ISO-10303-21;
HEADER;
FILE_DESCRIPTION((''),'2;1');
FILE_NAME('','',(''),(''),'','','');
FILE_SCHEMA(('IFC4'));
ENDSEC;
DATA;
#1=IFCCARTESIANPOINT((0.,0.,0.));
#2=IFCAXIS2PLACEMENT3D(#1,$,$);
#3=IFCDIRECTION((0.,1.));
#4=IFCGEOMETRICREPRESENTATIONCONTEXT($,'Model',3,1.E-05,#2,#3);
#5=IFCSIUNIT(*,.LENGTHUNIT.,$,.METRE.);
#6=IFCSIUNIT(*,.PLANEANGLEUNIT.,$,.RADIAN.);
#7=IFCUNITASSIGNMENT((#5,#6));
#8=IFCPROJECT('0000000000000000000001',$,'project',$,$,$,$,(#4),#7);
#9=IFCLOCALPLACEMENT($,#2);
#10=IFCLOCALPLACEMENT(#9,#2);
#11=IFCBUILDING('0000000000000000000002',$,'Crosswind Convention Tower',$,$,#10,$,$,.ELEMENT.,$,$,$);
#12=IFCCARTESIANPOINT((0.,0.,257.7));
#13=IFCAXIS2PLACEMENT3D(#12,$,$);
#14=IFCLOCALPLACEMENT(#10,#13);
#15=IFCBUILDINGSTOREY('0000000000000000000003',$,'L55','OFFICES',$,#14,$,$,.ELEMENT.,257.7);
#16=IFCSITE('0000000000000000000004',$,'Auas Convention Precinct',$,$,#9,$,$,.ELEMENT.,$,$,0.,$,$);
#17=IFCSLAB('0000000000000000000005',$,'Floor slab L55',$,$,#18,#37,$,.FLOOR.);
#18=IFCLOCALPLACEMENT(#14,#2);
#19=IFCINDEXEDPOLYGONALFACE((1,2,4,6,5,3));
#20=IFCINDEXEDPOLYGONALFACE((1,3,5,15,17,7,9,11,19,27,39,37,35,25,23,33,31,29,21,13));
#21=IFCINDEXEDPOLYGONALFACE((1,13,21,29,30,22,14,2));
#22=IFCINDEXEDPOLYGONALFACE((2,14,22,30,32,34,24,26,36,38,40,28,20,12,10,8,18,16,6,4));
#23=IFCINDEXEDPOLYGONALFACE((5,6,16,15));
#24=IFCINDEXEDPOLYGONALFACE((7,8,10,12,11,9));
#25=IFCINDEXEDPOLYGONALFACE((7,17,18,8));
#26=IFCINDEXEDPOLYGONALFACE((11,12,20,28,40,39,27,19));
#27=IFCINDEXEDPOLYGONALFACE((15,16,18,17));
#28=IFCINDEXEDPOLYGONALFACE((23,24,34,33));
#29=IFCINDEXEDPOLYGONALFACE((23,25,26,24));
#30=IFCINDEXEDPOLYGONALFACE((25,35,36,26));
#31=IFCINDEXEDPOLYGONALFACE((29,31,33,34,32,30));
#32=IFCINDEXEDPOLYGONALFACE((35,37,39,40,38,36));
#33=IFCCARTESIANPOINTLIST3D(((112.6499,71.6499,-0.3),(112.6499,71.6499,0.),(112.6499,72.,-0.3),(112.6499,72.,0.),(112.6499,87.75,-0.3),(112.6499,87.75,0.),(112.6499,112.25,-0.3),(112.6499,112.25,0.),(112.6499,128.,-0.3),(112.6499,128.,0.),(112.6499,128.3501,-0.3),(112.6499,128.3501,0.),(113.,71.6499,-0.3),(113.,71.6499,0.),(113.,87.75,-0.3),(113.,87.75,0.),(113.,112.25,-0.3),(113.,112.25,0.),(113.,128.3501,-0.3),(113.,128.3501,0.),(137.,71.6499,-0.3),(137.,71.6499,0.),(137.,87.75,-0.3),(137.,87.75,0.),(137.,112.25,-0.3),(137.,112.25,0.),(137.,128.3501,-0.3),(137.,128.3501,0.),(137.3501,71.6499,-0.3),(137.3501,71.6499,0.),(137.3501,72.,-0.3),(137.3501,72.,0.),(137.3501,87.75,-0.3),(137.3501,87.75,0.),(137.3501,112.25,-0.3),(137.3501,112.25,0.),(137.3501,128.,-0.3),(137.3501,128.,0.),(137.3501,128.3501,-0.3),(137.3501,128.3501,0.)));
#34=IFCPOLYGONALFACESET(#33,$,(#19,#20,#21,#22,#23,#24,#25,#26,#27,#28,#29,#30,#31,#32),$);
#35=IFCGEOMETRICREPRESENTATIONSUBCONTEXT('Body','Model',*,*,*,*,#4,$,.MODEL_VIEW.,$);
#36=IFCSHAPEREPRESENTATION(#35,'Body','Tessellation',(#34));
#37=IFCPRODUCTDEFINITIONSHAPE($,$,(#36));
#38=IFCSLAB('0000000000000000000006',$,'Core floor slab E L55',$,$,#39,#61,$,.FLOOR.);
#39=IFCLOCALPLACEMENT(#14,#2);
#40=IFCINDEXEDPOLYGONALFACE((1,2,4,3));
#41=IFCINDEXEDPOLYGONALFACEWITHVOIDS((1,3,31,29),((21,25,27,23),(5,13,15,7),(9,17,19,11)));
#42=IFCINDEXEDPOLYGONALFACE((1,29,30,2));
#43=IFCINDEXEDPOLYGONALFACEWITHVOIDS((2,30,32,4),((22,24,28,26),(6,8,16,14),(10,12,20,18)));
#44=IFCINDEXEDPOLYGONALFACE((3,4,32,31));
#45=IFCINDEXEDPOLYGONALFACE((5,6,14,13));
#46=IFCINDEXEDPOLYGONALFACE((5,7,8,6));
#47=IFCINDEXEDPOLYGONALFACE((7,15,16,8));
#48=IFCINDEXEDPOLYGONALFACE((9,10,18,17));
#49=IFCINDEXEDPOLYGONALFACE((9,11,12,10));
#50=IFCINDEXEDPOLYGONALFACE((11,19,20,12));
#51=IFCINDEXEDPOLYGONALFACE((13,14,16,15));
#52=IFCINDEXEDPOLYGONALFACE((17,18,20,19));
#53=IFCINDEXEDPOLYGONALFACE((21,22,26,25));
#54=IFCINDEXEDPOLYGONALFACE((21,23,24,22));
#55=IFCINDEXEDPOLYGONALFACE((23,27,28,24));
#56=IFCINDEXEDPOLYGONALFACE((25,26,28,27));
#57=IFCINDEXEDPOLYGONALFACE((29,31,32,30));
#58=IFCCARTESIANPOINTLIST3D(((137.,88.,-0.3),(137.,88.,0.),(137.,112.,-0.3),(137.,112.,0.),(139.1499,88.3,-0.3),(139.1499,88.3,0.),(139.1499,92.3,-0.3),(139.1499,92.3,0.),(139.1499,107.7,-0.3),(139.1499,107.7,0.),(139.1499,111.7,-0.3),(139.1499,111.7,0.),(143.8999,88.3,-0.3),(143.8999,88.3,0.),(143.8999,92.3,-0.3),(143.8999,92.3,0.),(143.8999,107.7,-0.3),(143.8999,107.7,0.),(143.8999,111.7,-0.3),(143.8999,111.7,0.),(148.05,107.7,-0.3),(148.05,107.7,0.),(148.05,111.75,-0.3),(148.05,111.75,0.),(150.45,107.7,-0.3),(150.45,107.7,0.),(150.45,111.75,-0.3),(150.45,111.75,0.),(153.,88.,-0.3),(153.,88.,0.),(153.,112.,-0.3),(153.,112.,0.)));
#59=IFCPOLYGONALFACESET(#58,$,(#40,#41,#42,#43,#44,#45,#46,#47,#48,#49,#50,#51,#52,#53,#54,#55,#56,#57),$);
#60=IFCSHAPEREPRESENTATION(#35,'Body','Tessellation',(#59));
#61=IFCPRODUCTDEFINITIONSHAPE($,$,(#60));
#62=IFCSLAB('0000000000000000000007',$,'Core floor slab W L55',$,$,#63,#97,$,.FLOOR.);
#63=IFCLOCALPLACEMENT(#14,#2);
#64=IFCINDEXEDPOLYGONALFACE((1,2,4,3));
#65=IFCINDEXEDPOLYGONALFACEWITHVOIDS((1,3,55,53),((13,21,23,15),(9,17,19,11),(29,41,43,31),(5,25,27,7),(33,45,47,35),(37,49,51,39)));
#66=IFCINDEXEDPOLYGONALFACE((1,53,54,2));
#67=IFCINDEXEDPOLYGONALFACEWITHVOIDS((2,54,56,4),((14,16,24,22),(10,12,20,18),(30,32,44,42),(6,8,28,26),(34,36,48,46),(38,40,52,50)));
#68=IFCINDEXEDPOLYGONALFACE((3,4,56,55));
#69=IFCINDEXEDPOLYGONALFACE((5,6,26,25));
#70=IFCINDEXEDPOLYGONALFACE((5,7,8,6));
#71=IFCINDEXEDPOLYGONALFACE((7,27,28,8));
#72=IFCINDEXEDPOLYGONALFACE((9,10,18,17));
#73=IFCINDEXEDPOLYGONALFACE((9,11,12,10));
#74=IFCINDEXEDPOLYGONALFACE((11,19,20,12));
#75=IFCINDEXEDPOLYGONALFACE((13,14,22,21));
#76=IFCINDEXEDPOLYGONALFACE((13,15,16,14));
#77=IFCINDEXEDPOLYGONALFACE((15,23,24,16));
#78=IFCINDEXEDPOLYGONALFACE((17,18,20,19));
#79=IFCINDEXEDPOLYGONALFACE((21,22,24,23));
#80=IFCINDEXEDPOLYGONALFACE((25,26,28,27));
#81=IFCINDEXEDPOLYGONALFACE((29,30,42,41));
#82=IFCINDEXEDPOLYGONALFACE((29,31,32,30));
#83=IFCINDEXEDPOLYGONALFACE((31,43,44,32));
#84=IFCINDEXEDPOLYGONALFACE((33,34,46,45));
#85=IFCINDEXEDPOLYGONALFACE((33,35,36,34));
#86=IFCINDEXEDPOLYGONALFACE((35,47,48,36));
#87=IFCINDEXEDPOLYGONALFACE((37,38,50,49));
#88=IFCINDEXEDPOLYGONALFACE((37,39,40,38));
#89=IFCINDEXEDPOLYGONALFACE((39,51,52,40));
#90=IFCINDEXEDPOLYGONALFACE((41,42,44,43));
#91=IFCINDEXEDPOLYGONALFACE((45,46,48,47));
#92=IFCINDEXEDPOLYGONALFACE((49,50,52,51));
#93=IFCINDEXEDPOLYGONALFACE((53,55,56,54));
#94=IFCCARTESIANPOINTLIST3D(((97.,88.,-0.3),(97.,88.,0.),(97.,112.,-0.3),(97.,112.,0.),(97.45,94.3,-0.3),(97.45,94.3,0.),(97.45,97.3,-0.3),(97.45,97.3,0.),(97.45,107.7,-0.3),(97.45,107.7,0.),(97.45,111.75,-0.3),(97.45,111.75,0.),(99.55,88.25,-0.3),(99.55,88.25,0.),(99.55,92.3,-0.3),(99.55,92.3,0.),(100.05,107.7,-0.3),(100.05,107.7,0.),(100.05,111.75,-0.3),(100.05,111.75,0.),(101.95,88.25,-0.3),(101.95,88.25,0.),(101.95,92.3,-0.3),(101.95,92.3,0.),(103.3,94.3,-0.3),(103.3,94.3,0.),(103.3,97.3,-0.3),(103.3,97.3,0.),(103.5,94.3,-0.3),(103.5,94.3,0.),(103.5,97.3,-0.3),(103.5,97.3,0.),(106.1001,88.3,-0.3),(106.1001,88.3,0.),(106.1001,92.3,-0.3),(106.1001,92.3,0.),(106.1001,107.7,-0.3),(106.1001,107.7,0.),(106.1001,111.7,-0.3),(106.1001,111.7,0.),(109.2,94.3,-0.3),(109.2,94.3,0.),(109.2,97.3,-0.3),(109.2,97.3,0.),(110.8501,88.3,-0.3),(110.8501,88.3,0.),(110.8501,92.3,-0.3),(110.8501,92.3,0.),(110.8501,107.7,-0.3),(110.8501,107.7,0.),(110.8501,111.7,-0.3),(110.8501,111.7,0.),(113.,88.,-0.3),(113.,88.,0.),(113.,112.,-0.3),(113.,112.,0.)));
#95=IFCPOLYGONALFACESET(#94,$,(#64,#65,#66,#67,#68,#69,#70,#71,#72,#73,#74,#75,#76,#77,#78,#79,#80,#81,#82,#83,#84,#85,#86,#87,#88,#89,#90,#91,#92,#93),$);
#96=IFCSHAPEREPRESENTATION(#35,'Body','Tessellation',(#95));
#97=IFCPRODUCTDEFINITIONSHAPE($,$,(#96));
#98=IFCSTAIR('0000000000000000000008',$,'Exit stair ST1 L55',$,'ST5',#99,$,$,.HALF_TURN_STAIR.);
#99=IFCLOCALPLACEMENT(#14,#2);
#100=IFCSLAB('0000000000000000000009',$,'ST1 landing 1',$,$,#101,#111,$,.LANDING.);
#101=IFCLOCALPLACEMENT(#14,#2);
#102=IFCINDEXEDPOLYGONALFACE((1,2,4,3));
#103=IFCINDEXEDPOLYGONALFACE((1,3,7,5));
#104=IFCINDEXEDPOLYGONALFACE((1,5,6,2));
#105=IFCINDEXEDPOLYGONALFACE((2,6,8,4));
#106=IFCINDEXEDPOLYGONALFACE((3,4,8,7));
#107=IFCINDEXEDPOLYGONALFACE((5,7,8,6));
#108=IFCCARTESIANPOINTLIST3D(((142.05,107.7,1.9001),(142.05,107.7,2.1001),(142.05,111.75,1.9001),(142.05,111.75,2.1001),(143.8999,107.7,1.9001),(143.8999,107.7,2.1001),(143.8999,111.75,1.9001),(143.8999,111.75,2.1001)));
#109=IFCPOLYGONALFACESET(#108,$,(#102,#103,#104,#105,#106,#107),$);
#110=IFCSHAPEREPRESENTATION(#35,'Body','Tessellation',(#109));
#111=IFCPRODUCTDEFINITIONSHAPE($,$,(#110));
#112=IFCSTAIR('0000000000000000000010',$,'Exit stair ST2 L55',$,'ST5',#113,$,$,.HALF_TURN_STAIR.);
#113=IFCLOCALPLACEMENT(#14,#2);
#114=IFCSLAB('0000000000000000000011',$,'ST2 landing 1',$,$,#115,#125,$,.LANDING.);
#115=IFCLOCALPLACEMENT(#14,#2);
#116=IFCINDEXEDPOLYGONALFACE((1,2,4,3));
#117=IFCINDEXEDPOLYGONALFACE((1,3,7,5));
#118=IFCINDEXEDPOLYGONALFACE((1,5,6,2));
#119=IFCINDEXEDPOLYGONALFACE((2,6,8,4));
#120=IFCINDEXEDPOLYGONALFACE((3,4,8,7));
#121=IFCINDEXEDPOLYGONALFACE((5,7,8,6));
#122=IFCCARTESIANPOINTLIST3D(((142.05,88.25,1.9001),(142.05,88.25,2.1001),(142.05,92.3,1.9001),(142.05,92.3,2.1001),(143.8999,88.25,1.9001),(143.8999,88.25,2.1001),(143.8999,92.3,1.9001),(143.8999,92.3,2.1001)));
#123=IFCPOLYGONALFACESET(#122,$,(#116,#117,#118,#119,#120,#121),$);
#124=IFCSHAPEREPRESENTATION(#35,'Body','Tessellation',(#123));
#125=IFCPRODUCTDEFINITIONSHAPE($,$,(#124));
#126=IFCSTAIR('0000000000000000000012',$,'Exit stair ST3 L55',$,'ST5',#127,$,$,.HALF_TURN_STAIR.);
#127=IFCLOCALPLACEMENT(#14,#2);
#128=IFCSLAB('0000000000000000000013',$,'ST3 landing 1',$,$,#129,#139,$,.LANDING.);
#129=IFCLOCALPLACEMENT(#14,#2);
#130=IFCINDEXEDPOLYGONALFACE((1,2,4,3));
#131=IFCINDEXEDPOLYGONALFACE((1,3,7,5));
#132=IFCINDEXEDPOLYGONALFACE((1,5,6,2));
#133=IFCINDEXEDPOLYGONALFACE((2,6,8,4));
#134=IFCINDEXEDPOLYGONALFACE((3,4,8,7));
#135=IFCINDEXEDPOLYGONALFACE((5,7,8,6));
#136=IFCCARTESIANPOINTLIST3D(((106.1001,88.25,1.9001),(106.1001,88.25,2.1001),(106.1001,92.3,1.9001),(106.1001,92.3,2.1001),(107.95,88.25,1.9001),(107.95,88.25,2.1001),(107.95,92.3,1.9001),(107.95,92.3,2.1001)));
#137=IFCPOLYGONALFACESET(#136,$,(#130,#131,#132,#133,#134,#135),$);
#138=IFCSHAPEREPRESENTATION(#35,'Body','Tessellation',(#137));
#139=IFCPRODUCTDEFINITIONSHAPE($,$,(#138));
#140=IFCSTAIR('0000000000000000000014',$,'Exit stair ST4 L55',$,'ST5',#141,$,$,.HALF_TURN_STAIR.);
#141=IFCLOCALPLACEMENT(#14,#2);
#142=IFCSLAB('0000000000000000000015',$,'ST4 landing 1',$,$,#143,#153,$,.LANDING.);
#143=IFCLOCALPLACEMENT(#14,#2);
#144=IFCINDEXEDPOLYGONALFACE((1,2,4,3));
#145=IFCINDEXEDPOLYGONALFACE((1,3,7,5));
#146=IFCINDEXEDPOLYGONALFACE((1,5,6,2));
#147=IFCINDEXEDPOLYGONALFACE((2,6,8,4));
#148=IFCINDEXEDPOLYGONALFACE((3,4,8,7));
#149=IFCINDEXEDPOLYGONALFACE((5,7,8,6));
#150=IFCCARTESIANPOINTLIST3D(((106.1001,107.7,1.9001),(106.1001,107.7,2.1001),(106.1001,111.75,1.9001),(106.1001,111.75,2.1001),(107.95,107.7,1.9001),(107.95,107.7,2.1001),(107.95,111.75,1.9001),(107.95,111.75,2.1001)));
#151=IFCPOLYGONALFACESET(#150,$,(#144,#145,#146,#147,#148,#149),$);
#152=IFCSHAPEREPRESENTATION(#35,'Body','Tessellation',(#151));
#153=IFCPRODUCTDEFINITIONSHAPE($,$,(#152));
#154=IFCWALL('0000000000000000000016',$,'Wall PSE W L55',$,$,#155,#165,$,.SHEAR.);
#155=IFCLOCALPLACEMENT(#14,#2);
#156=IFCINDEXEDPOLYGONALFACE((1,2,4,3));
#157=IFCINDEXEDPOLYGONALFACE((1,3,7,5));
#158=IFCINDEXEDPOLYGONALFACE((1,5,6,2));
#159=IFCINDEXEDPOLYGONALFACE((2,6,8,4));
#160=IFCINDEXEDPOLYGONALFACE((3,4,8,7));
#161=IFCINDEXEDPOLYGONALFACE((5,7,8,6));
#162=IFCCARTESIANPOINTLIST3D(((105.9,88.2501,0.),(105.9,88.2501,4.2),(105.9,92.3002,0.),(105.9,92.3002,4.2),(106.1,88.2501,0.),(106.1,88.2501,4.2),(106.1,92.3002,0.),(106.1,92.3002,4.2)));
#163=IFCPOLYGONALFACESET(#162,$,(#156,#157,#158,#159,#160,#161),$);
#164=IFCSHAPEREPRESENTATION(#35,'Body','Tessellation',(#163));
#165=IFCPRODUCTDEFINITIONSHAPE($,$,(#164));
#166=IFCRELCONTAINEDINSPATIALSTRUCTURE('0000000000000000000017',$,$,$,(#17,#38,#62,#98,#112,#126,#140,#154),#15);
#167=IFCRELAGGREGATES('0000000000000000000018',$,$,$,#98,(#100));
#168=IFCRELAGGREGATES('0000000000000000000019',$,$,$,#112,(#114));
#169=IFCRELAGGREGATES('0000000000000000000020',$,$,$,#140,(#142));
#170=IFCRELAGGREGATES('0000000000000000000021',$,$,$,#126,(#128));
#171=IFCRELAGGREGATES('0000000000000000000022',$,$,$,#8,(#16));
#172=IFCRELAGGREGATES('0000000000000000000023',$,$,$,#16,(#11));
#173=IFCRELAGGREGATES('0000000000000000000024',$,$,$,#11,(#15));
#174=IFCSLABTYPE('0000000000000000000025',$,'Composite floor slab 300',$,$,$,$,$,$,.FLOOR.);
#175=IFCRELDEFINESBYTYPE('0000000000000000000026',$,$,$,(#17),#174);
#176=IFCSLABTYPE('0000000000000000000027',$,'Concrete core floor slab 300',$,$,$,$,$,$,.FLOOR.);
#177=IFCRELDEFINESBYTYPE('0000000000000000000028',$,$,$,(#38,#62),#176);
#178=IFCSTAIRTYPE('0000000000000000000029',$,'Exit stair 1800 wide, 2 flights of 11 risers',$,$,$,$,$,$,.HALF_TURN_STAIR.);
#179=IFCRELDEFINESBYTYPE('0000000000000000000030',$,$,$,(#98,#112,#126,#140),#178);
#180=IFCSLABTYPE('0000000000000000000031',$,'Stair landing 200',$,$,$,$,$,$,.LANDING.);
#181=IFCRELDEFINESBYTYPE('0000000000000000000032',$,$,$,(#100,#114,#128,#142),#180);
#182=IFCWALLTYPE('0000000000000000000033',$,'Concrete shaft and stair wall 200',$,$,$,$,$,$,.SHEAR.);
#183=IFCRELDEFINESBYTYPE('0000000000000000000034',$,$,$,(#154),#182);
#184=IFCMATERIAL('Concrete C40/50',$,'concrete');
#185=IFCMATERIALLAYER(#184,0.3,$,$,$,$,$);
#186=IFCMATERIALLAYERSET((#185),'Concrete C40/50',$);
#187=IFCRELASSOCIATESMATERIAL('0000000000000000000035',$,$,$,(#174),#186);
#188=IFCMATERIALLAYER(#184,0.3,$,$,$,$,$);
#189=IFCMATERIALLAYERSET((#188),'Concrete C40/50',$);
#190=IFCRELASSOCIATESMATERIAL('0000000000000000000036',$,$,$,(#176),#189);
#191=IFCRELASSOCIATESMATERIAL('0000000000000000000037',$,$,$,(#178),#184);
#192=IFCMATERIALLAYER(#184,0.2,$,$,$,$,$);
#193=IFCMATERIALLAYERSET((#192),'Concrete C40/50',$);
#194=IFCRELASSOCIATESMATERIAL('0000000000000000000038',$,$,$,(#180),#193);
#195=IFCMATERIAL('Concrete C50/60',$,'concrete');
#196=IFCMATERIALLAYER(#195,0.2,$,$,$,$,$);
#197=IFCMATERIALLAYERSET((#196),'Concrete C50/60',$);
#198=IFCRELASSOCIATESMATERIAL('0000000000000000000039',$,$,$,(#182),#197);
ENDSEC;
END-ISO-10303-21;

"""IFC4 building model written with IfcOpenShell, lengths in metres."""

from ifc_helpers import new_model, si_unit, direction, frame, frame_2d, origin, place, context, subcontext, project, spatial, polyline, rectangle, outline, extrude, material, layer, layer_set, type_object, element, aggregate, save


model = new_model("IFC4")

# Units and contexts
model_context = context("Model", 3, precision=1e-05, world=origin(), true_north=direction((0.0, 1.0)))
body_context = subcontext(model_context, "Body", "Model", "MODEL_VIEW")
ifc_project = project(units=[si_unit("LENGTHUNIT", "METRE"), si_unit("PLANEANGLEUNIT", "RADIAN")], contexts=[model_context])

# Site, building, storey
site_placement = place(None, origin())
site = spatial("IfcSite", under=ifc_project, at=site_placement, Name="Auas Convention Precinct", CompositionType="ELEMENT", RefElevation=0.0)
building_placement = place(site_placement, origin())
building = spatial("IfcBuilding", under=site, at=building_placement, Name="Crosswind Convention Tower", CompositionType="ELEMENT")
storey_placement = place(building_placement, frame((0.0, 0.0, 257.7)))
storey = spatial("IfcBuildingStorey", under=building, at=storey_placement, Name="L55", Description="OFFICES", CompositionType="ELEMENT", Elevation=257.7)

# Slabs
ifc_material_1 = material(Name="Concrete C40/50", Category="concrete")
ifc_layer_1 = layer(ifc_material_1, 0.3)
ifc_layer_set_1 = layer_set([ifc_layer_1], Name="Concrete C40/50")
slab_type_1 = type_object("IfcSlabType", Name="Composite floor slab 300", PredefinedType="FLOOR", material=ifc_layer_set_1)
slab_1_placement = place(storey_placement, frame((0.0, 0.0, -0.3)))
element("IfcSlab", 1, at=slab_1_placement, inside=storey, type_object=slab_type_1, Name="Floor slab L55", PredefinedType="FLOOR", context=body_context, shape_type="SweptSolid", body=[
    extrude(outline(polyline([(137.3501, 71.6499), (137.0, 71.6499), (113.0, 71.6499), (112.6499, 71.6499), (112.6499, 72.0), (112.6499, 87.75), (113.0, 87.75), (113.0, 112.25), (112.6499, 112.25), (112.6499, 128.0), (112.6499, 128.3501), (113.0, 128.3501), (137.0, 128.3501), (137.3501, 128.3501), (137.3501, 128.0), (137.3501, 112.25), (137.0, 112.25), (137.0, 87.75), (137.3501, 87.75), (137.3501, 72.0), (137.3501, 71.6499)])), origin(), (0.0, 0.0, 1.0), 0.3),
])
ifc_layer_2 = layer(ifc_material_1, 0.3)
ifc_layer_set_2 = layer_set([ifc_layer_2], Name="Concrete C40/50")
slab_type_2 = type_object("IfcSlabType", Name="Concrete core floor slab 300", PredefinedType="FLOOR", material=ifc_layer_set_2)
slab_2_placement = place(storey_placement, frame((0.0, 0.0, -0.3)))
element("IfcSlab", 2, at=slab_2_placement, inside=storey, type_object=slab_type_2, Name="Core floor slab E L55", PredefinedType="FLOOR", context=body_context, shape_type="SweptSolid", body=[
    extrude(outline(polyline([(137.0, 88.0), (153.0, 88.0), (153.0, 112.0), (137.0, 112.0), (137.0, 88.0)]), holes=[polyline([(150.45, 107.7), (150.45, 111.75), (148.05, 111.75), (148.05, 107.7), (150.45, 107.7)]), polyline([(143.8999, 107.7), (143.8999, 111.7), (139.1499, 111.7), (139.1499, 107.7), (143.8999, 107.7)]), polyline([(143.8999, 88.3), (143.8999, 92.3), (139.1499, 92.3), (139.1499, 88.3), (143.8999, 88.3)])]), origin(), (0.0, 0.0, 1.0), 0.3),
])
slab_3_placement = place(storey_placement, frame((0.0, 0.0, -0.3)))
element("IfcSlab", 3, at=slab_3_placement, inside=storey, type_object=slab_type_2, Name="Core floor slab W L55", PredefinedType="FLOOR", context=body_context, shape_type="SweptSolid", body=[
    extrude(outline(polyline([(97.0, 88.0), (113.0, 88.0), (113.0, 112.0), (97.0, 112.0), (97.0, 88.0)]), holes=[polyline([(109.2, 94.3), (109.2, 97.3), (103.5, 97.3), (103.5, 94.3), (109.2, 94.3)]), polyline([(103.3, 94.3), (103.3, 97.3), (97.45, 97.3), (97.45, 94.3), (103.3, 94.3)]), polyline([(101.95, 88.25), (101.95, 92.3), (99.55, 92.3), (99.55, 88.25), (101.95, 88.25)]), polyline([(100.05, 107.7), (100.05, 111.75), (97.45, 111.75), (97.45, 107.7), (100.05, 107.7)]), polyline([(110.8501, 88.3), (110.8501, 92.3), (106.1001, 92.3), (106.1001, 88.3), (110.8501, 88.3)]), polyline([(110.8501, 107.7), (110.8501, 111.7), (106.1001, 111.7), (106.1001, 107.7), (110.8501, 107.7)])]), origin(), (0.0, 0.0, 1.0), 0.3),
])

# Stairs, slabs
stair_type = type_object("IfcStairType", Name="Exit stair 1800 wide, 2 flights of 11 risers", PredefinedType="HALF_TURN_STAIR", material=ifc_material_1)
stair_1_placement = place(storey_placement, origin())
stair_1 = element("IfcStair", 4, at=stair_1_placement, inside=storey, type_object=stair_type, Name="Exit stair ST1 L55", ObjectType="ST5", PredefinedType="HALF_TURN_STAIR")
ifc_layer_3 = layer(ifc_material_1, 0.2)
ifc_layer_set_3 = layer_set([ifc_layer_3], Name="Concrete C40/50")
slab_type_3 = type_object("IfcSlabType", Name="Stair landing 200", PredefinedType="LANDING", material=ifc_layer_set_3)
slab_4_placement = place(storey_placement, frame((0.0, 0.0, 1.9001)))
slab_4 = element("IfcSlab", 5, at=slab_4_placement, type_object=slab_type_3, Name="ST1 landing 1", PredefinedType="LANDING", context=body_context, shape_type="SweptSolid", body=[
    extrude(outline(polyline([(143.8999, 107.7), (143.8999, 111.75), (142.05, 111.75), (142.05, 107.7), (143.8999, 107.7)])), origin(), (0.0, 0.0, 1.0), 0.2),
])
aggregate(stair_1, [slab_4])
stair_2_placement = place(storey_placement, origin())
stair_2 = element("IfcStair", 6, at=stair_2_placement, inside=storey, type_object=stair_type, Name="Exit stair ST2 L55", ObjectType="ST5", PredefinedType="HALF_TURN_STAIR")
slab_5_placement = place(storey_placement, frame((0.0, 0.0, 1.9001)))
slab_5 = element("IfcSlab", 7, at=slab_5_placement, type_object=slab_type_3, Name="ST2 landing 1", PredefinedType="LANDING", context=body_context, shape_type="SweptSolid", body=[
    extrude(outline(polyline([(143.8999, 88.25), (143.8999, 92.3), (142.05, 92.3), (142.05, 88.25), (143.8999, 88.25)])), origin(), (0.0, 0.0, 1.0), 0.2),
])
aggregate(stair_2, [slab_5])
stair_3_placement = place(storey_placement, origin())
stair_3 = element("IfcStair", 8, at=stair_3_placement, inside=storey, type_object=stair_type, Name="Exit stair ST3 L55", ObjectType="ST5", PredefinedType="HALF_TURN_STAIR")
slab_6_placement = place(storey_placement, frame((0.0, 0.0, 1.9001)))
slab_6 = element("IfcSlab", 9, at=slab_6_placement, type_object=slab_type_3, Name="ST3 landing 1", PredefinedType="LANDING", context=body_context, shape_type="SweptSolid", body=[
    extrude(outline(polyline([(107.95, 88.25), (107.95, 92.3), (106.1001, 92.3), (106.1001, 88.25), (107.95, 88.25)])), origin(), (0.0, 0.0, 1.0), 0.2),
])
stair_4_placement = place(storey_placement, origin())
stair_4 = element("IfcStair", 10, at=stair_4_placement, inside=storey, type_object=stair_type, Name="Exit stair ST4 L55", ObjectType="ST5", PredefinedType="HALF_TURN_STAIR")
slab_7_placement = place(storey_placement, frame((0.0, 0.0, 1.9001)))
slab_7 = element("IfcSlab", 11, at=slab_7_placement, type_object=slab_type_3, Name="ST4 landing 1", PredefinedType="LANDING", context=body_context, shape_type="SweptSolid", body=[
    extrude(outline(polyline([(107.95, 107.7), (107.95, 111.75), (106.1001, 111.75), (106.1001, 107.7), (107.95, 107.7)])), origin(), (0.0, 0.0, 1.0), 0.2),
])
aggregate(stair_4, [slab_7])

# Wall
ifc_material_2 = material(Name="Concrete C50/60", Category="concrete")
ifc_layer_4 = layer(ifc_material_2, 0.2)
ifc_layer_set_4 = layer_set([ifc_layer_4], Name="Concrete C50/60")
wall_type_1 = type_object("IfcWallType", Name="Concrete shaft and stair wall 200", PredefinedType="SHEAR", material=ifc_layer_set_4)
wall_1_placement = place(storey_placement, frame((106.0, 92.3, 0.0), z_axis=(0.0, 0.0, 1.0), x_axis=(0.0, -1.0, 0.0)))
element("IfcWall", 12, at=wall_1_placement, inside=storey, type_object=wall_type_1, Name="Wall PSE W L55", PredefinedType="SHEAR", context=body_context, shape_type="SweptSolid", body=[
    extrude(rectangle(XDim=4.05, YDim=0.2, at=frame_2d((2.0249, 0.0))), origin(), (0.0, 0.0, 1.0), 4.2),
])

aggregate(stair_3, [slab_6])

save(model, "model.ifc")
